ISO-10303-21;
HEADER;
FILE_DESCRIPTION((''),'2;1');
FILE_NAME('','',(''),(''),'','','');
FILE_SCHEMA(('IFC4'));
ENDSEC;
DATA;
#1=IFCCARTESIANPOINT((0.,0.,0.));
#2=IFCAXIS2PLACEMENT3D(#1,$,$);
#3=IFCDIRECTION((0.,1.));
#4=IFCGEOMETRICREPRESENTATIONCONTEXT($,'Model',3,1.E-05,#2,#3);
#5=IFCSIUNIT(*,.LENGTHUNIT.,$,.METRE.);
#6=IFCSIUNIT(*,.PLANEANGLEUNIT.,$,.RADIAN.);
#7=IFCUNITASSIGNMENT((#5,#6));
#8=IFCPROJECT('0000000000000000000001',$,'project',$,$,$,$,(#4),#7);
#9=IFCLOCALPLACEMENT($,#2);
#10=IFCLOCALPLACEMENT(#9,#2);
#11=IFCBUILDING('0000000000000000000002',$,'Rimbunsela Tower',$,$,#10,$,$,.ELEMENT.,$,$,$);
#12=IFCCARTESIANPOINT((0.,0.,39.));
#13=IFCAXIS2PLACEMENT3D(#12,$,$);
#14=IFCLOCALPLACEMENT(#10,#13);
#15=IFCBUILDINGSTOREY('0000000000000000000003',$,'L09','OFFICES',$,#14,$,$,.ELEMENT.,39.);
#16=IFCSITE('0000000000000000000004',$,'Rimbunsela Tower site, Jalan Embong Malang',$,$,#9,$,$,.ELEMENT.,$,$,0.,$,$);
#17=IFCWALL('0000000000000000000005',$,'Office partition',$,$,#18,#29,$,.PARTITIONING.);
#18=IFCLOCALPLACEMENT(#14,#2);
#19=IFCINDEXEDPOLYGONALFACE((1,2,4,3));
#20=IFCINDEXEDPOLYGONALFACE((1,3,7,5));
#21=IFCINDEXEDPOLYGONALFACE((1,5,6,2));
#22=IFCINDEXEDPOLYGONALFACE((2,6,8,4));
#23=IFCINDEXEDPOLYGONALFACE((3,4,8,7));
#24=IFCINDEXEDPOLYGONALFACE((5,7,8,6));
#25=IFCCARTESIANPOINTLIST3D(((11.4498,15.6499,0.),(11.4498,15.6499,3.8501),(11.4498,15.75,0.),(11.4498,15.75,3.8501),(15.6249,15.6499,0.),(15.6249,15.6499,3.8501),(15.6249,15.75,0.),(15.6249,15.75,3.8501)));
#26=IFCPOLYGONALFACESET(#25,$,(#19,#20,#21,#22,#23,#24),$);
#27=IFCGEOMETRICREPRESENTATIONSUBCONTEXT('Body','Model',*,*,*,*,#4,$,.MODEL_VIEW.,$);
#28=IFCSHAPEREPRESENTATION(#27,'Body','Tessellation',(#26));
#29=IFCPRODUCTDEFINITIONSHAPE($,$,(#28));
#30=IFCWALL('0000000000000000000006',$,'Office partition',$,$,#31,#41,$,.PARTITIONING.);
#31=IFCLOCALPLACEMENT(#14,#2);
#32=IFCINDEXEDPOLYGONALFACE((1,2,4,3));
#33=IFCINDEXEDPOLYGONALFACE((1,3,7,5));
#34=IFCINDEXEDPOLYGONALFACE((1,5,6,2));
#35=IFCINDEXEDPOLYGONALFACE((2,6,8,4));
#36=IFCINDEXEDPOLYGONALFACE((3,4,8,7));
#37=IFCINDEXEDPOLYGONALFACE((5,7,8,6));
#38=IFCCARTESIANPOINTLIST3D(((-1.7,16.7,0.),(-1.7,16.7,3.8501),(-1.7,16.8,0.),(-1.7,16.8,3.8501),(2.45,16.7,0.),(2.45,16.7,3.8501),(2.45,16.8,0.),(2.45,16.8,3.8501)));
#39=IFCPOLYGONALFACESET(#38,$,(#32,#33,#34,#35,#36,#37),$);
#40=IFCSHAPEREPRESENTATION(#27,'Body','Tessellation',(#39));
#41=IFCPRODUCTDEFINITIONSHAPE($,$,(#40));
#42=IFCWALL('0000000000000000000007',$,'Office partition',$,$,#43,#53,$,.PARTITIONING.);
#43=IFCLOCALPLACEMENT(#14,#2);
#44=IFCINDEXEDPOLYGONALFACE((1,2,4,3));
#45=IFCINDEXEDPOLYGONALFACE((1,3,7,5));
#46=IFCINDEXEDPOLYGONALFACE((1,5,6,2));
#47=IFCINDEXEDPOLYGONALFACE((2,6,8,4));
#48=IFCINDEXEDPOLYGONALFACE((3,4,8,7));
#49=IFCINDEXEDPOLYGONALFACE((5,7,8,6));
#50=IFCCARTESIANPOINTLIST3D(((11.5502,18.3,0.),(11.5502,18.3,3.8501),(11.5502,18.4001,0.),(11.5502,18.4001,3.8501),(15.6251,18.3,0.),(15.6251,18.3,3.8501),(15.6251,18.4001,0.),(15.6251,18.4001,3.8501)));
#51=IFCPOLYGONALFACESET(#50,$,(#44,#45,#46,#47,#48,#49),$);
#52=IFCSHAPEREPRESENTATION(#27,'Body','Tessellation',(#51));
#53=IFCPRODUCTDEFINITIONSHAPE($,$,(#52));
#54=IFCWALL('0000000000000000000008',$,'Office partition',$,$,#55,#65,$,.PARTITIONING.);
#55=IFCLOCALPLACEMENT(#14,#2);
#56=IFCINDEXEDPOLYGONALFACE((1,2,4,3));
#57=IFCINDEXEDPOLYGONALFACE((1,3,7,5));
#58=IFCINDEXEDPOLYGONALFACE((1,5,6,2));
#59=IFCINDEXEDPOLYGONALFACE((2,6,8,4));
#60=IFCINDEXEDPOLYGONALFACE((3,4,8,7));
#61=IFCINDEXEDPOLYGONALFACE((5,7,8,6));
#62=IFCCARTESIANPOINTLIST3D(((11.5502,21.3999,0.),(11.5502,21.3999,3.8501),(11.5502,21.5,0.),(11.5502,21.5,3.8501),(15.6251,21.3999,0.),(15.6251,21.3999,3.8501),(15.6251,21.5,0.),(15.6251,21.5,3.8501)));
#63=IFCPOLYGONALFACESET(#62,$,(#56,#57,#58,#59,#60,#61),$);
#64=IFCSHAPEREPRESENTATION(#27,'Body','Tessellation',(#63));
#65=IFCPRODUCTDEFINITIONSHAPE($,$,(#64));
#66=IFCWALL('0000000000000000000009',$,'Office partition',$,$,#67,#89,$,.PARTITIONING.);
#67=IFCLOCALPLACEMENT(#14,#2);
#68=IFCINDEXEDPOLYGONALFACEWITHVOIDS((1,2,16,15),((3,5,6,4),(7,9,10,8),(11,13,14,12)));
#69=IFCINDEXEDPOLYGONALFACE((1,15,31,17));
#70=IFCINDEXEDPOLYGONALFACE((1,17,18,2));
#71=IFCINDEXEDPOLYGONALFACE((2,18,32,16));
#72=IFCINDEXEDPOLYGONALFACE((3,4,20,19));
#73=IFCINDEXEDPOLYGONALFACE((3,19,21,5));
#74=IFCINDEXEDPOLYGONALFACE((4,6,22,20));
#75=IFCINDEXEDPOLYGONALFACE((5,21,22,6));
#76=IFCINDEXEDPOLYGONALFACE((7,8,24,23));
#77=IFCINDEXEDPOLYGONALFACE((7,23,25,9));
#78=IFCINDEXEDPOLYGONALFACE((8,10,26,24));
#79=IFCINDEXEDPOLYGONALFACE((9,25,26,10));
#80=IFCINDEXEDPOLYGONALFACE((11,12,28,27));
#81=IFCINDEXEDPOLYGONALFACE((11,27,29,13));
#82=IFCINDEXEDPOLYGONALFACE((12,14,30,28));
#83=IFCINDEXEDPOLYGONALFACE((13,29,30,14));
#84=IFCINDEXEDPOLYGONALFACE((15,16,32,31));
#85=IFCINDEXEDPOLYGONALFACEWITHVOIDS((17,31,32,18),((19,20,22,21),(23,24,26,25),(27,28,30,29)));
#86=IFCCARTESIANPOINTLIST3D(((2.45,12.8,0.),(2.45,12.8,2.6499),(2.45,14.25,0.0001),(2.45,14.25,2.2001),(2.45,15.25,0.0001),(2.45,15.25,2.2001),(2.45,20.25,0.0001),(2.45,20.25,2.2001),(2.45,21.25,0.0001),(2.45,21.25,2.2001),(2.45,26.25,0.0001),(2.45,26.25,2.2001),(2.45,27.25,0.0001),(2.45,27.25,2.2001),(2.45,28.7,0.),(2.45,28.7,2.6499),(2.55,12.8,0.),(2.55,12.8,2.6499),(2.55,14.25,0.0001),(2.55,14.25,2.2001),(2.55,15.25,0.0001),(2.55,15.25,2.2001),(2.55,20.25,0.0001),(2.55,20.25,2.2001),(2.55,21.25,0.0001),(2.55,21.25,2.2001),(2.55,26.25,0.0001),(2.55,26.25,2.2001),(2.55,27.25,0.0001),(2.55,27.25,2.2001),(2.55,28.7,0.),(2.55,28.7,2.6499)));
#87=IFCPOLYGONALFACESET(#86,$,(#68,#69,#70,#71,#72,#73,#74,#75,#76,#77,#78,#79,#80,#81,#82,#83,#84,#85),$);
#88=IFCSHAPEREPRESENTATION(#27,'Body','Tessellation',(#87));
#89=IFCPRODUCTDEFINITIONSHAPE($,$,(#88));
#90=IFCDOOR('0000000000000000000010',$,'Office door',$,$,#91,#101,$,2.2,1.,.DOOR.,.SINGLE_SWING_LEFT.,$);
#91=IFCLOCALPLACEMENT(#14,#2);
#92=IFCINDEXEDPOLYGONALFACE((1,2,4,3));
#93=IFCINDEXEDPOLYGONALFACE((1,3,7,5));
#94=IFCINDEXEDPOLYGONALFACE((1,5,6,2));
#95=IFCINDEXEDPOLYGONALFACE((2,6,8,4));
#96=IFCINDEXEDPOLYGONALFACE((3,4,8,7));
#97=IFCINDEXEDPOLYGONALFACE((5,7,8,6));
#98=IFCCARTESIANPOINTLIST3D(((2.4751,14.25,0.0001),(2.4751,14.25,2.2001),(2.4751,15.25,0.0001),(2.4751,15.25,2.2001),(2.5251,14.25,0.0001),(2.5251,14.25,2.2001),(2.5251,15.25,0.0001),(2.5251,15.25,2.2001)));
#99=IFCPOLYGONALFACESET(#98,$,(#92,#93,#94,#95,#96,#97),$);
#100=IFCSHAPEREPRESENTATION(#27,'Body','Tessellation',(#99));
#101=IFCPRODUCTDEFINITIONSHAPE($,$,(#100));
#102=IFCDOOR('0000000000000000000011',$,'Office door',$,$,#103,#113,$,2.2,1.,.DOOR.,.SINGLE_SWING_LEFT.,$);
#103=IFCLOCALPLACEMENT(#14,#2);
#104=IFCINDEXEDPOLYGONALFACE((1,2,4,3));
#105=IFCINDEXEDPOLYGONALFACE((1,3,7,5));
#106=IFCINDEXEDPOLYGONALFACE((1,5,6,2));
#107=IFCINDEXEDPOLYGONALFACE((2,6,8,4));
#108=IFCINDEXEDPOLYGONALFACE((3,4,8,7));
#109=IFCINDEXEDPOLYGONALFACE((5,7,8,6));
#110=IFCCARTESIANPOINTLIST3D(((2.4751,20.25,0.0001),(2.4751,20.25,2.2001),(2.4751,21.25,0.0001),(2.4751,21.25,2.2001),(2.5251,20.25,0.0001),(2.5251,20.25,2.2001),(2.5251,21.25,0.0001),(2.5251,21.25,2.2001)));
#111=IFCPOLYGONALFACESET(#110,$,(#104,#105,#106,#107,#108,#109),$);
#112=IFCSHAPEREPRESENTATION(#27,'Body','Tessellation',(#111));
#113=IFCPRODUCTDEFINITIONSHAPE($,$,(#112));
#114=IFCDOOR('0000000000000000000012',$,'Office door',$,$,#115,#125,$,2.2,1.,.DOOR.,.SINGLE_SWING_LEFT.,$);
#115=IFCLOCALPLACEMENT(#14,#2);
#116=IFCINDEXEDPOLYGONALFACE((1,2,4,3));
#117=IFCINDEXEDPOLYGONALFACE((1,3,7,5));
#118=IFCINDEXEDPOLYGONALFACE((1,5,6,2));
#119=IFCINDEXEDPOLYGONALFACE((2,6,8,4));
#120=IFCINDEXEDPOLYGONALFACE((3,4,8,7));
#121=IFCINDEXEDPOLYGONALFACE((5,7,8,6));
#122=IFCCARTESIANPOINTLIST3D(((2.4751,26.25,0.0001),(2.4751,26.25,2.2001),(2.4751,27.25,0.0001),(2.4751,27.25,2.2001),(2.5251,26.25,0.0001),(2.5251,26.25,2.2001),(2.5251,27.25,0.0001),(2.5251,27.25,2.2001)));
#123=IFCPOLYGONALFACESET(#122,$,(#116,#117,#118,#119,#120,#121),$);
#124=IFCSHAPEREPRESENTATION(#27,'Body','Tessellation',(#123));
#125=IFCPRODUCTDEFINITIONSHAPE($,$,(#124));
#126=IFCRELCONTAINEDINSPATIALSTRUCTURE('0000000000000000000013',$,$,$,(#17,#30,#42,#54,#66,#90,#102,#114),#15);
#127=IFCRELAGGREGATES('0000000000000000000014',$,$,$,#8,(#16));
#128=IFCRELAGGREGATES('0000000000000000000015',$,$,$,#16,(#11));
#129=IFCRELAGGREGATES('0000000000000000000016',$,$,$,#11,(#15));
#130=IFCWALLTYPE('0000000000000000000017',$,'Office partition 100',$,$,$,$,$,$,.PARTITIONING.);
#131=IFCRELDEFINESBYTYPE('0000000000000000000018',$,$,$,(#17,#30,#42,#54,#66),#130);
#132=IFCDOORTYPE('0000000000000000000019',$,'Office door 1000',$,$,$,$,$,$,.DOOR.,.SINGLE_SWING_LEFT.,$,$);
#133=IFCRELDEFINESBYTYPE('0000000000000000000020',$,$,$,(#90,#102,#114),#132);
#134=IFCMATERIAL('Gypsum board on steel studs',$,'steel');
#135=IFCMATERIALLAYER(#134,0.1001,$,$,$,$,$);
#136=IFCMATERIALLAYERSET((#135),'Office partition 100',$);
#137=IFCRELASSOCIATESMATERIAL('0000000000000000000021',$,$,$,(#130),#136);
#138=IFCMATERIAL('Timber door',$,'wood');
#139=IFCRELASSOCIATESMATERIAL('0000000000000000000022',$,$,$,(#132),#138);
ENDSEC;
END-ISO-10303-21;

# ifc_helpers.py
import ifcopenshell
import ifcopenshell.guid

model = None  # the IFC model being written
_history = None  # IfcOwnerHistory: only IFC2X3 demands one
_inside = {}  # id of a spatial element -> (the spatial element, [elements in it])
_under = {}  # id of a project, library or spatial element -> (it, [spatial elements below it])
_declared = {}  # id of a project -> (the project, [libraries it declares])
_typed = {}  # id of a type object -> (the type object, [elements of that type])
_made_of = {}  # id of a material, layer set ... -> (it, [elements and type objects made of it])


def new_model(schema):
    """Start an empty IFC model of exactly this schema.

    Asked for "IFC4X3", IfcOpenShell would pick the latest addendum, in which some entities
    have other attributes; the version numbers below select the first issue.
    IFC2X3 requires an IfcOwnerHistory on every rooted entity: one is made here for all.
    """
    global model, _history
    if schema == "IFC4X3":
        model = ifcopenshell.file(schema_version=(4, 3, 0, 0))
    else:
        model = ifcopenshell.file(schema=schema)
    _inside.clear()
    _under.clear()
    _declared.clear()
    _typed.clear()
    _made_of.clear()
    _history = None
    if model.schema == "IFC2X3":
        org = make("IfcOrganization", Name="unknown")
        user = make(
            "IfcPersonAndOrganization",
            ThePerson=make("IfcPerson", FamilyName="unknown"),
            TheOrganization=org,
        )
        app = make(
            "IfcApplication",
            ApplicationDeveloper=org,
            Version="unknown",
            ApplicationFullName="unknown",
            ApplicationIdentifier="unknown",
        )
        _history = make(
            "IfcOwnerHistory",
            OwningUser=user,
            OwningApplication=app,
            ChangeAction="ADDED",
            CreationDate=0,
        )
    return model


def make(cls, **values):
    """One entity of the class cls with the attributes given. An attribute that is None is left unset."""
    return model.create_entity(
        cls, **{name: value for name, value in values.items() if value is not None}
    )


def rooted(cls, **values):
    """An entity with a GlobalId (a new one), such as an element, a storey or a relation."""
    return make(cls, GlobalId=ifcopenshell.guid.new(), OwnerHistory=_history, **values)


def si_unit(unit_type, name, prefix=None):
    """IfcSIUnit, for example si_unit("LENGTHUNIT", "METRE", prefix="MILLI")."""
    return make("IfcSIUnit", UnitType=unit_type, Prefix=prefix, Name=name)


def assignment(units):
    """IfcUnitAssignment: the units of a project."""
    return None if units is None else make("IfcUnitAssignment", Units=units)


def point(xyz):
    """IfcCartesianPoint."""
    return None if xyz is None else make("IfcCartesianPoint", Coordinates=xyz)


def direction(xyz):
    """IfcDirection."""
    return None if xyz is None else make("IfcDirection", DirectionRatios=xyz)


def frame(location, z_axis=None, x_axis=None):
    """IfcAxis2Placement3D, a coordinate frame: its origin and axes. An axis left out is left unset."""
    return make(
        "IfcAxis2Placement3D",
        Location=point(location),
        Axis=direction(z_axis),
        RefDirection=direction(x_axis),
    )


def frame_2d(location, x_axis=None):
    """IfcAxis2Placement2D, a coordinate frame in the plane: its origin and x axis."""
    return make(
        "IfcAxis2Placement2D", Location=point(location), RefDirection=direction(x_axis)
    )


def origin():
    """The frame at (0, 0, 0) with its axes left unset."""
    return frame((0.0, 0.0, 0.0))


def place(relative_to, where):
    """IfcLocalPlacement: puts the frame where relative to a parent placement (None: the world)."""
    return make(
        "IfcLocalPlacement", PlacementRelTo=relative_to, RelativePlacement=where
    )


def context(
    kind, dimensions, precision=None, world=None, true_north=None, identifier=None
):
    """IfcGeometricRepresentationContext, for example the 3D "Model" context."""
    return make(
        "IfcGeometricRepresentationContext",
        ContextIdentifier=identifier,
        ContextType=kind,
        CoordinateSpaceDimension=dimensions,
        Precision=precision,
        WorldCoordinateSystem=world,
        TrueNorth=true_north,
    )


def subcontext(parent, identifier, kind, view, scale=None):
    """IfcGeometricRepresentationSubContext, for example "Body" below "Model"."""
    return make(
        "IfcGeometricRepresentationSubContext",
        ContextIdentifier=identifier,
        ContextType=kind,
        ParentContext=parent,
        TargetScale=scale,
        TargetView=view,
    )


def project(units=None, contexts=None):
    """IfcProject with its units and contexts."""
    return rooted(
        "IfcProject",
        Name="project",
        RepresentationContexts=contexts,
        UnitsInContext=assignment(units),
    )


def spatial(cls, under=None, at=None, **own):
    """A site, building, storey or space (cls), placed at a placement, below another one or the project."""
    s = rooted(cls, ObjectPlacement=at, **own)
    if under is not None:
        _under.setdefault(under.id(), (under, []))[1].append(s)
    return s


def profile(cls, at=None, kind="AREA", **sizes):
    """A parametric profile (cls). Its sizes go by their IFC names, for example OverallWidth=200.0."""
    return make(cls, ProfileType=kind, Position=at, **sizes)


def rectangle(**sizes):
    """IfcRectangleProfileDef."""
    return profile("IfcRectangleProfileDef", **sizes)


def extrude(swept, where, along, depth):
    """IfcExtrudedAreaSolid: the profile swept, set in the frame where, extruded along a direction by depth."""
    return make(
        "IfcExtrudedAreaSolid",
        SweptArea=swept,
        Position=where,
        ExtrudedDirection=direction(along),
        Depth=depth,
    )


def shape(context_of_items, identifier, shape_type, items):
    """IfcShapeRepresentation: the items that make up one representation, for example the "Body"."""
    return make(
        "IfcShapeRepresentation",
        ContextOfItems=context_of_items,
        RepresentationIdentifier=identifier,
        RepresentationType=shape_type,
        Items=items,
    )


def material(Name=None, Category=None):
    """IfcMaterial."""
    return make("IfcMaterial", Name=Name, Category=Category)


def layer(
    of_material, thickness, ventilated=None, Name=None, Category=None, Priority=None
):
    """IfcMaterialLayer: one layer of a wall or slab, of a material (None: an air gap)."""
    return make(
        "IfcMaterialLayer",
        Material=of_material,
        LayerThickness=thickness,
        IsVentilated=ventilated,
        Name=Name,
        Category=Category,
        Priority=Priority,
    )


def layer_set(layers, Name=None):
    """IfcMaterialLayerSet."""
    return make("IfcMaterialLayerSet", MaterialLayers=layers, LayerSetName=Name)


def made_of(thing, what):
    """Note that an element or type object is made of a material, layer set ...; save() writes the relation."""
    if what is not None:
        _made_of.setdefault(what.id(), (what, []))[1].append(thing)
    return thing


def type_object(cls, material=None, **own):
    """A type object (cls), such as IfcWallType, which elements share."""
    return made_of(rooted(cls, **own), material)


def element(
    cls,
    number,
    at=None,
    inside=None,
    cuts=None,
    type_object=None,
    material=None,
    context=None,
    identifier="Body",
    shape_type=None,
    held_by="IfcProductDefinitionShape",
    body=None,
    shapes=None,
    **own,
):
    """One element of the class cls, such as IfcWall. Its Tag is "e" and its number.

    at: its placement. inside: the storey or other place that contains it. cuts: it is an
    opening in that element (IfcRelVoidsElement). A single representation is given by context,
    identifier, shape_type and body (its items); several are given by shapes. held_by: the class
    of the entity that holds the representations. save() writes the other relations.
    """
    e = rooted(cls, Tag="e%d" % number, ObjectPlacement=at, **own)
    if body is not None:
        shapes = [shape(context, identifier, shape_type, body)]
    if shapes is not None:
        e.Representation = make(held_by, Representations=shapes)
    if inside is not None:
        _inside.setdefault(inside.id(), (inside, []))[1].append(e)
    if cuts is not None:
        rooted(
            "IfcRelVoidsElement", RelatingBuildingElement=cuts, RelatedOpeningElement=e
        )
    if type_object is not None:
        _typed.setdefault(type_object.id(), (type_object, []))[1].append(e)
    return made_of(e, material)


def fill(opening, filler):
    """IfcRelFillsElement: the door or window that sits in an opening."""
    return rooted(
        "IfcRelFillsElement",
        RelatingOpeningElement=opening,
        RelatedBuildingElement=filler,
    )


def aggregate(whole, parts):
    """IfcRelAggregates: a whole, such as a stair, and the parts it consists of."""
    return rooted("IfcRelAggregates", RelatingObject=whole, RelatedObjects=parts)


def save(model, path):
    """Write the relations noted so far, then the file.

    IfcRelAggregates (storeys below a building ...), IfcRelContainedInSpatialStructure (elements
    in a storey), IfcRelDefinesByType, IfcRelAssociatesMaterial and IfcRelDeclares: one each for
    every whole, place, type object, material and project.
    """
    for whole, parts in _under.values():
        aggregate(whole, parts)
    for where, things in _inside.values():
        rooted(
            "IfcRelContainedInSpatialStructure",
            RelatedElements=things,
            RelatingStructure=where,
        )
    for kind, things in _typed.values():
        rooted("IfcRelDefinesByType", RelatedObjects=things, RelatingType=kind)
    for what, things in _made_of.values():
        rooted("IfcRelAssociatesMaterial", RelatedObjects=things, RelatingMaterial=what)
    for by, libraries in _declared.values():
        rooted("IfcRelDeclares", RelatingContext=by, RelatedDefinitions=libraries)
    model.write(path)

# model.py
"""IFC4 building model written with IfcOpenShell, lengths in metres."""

from ifc_helpers import new_model, si_unit, direction, frame, frame_2d, origin, place, context, subcontext, project, spatial, rectangle, extrude, material, layer, layer_set, type_object, element, fill, save


model = new_model("IFC4")

# Units and contexts
model_context = context("Model", 3, precision=1e-05, world=origin(), true_north=direction((0.0, 1.0)))
body_context = subcontext(model_context, "Body", "Model", "MODEL_VIEW")
ifc_project = project(units=[si_unit("LENGTHUNIT", "METRE"), si_unit("PLANEANGLEUNIT", "RADIAN")], contexts=[model_context])

# Site, building, storey
site_placement = place(None, origin())
site = spatial("IfcSite", under=ifc_project, at=site_placement, Name="Rimbunsela Tower site, Jalan Embong Malang", CompositionType="ELEMENT", RefElevation=0.0)
building_placement = place(site_placement, origin())
building = spatial("IfcBuilding", under=site, at=building_placement, Name="Rimbunsela Tower", CompositionType="ELEMENT")
storey_placement = place(building_placement, frame((0.0, 0.0, 39.0)))
storey = spatial("IfcBuildingStorey", under=building, at=storey_placement, Name="L09", Description="OFFICES", CompositionType="ELEMENT", Elevation=39.0)

# Walls
ifc_material_1 = material(Name="Gypsum board on steel studs", Category="steel")
ifc_layer_1 = layer(ifc_material_1, 0.1001)
ifc_layer_set_1 = layer_set([ifc_layer_1], Name="Office partition 100")
wall_type_1 = type_object("IfcWallType", Name="Office partition 100", PredefinedType="PARTITIONING", material=ifc_layer_set_1)
wall_1_placement = place(storey_placement, frame((11.45, 15.7, 0.0), z_axis=(0.0, 0.0, 1.0), x_axis=(1.0, 0.0, 0.0)))
element("IfcWall", 1, at=wall_1_placement, inside=storey, type_object=wall_type_1, Name="Office partition", PredefinedType="PARTITIONING", context=body_context, shape_type="SweptSolid", body=[
    extrude(rectangle(XDim=4.175, YDim=0.1001, at=frame_2d((2.0874, 0.0))), origin(), (0.0, 0.0, 1.0), 3.8501),
])
wall_2_placement = place(storey_placement, frame((-1.7, 16.75, 0.0), z_axis=(0.0, 0.0, 1.0), x_axis=(1.0, 0.0, 0.0)))
element("IfcWall", 2, at=wall_2_placement, inside=storey, type_object=wall_type_1, Name="Office partition", PredefinedType="PARTITIONING", context=body_context, shape_type="SweptSolid", body=[
    extrude(rectangle(XDim=4.1499, YDim=0.1001, at=frame_2d((2.075, 0.0))), origin(), (0.0, 0.0, 1.0), 3.8501),
])
for number, where, z_axis, x_axis, name in (
    (3, (11.55, 18.3501, 0.0), (0.0, 0.0, 1.0), (1.0, 0.0, 0.0), "Office partition"),
    (4, (11.55, 21.45, 0.0), (0.0, 0.0, 1.0), (1.0, 0.0, 0.0), "Office partition"),
):
    element("IfcWall", number, at=place(storey_placement, frame(where, z_axis=z_axis, x_axis=x_axis)), inside=storey, type_object=wall_type_1, Name=name, PredefinedType="PARTITIONING", context=body_context, shape_type="SweptSolid", body=[
        extrude(rectangle(XDim=4.075, YDim=0.1001, at=frame_2d((2.0376, 0.0))), origin(), (0.0, 0.0, 1.0), 3.8501),
    ])

# Wall, openings, doors
wall_3_placement = place(storey_placement, frame((2.5, 12.8, 0.0), z_axis=(0.0, 0.0, 1.0), x_axis=(0.0, 1.0, 0.0)))
wall_3 = element("IfcWall", 5, at=wall_3_placement, inside=storey, type_object=wall_type_1, Name="Office partition", PredefinedType="PARTITIONING", context=body_context, shape_type="SweptSolid", body=[
    extrude(rectangle(XDim=15.8999, YDim=0.1001, at=frame_2d((7.95, 0.0))), origin(), (0.0, 0.0, 1.0), 2.6499),
])
opening_1_placement = place(wall_3_placement, frame((1.45, 0.0, 0.0)))
opening_1 = element("IfcOpeningElement", 6, at=opening_1_placement, cuts=wall_3, PredefinedType="OPENING", context=body_context, shape_type="SweptSolid", body=[
    extrude(rectangle(XDim=1.0, YDim=2.2, at=frame_2d((0.5, 1.1001))), frame((0.0, 0.0601, 0.0), z_axis=(0.0, -1.0, 0.0), x_axis=(1.0, 0.0, 0.0)), (0.0, 0.0, 1.0), 0.1201),
])
opening_2_placement = place(wall_3_placement, frame((7.45, 0.0, 0.0)))
opening_2 = element("IfcOpeningElement", 7, at=opening_2_placement, cuts=wall_3, PredefinedType="OPENING", context=body_context, shape_type="SweptSolid", body=[
    extrude(rectangle(XDim=1.0, YDim=2.2, at=frame_2d((0.5, 1.1001))), frame((0.0, 0.0601, 0.0), z_axis=(0.0, -1.0, 0.0), x_axis=(1.0, 0.0, 0.0)), (0.0, 0.0, 1.0), 0.1201),
])
opening_3_placement = place(wall_3_placement, frame((13.45, 0.0, 0.0)))
opening_3 = element("IfcOpeningElement", 8, at=opening_3_placement, cuts=wall_3, PredefinedType="OPENING", context=body_context, shape_type="SweptSolid", body=[
    extrude(rectangle(XDim=1.0, YDim=2.2, at=frame_2d((0.5, 1.1001))), frame((0.0, 0.0601, 0.0), z_axis=(0.0, -1.0, 0.0), x_axis=(1.0, 0.0, 0.0)), (0.0, 0.0, 1.0), 0.1201),
])
ifc_material_2 = material(Name="Timber door", Category="wood")
door_type_1 = type_object("IfcDoorType", Name="Office door 1000", OperationType="SINGLE_SWING_LEFT", PredefinedType="DOOR", material=ifc_material_2)
door_1_placement = place(opening_1_placement, origin())
door_1 = element("IfcDoor", 9, at=door_1_placement, inside=storey, type_object=door_type_1, Name="Office door", OperationType="SINGLE_SWING_LEFT", OverallHeight=2.2, OverallWidth=1.0, PredefinedType="DOOR", context=body_context, shape_type="SweptSolid", body=[
    extrude(rectangle(XDim=1.0, YDim=2.2, at=frame_2d((0.5, 1.1001))), frame((0.0, 0.0249, 0.0), z_axis=(0.0, -1.0, 0.0), x_axis=(1.0, 0.0, 0.0)), (0.0, 0.0, 1.0), 0.05),
])
fill(opening_1, door_1)
door_2_placement = place(opening_2_placement, origin())
door_2 = element("IfcDoor", 10, at=door_2_placement, inside=storey, type_object=door_type_1, Name="Office door", OperationType="SINGLE_SWING_LEFT", OverallHeight=2.2, OverallWidth=1.0, PredefinedType="DOOR", context=body_context, shape_type="SweptSolid", body=[
    extrude(rectangle(XDim=1.0, YDim=2.2, at=frame_2d((0.5, 1.1001))), frame((0.0, 0.0249, 0.0), z_axis=(0.0, -1.0, 0.0), x_axis=(1.0, 0.0, 0.0)), (0.0, 0.0, 1.0), 0.05),
])
fill(opening_2, door_2)
door_3_placement = place(opening_3_placement, origin())
door_3 = element("IfcDoor", 11, at=door_3_placement, inside=storey, type_object=door_type_1, Name="Office door", OperationType="SINGLE_SWING_LEFT", OverallHeight=2.2, OverallWidth=1.0, PredefinedType="DOOR", context=body_context, shape_type="SweptSolid", body=[
    extrude(rectangle(XDim=1.0, YDim=2.2, at=frame_2d((0.5, 1.1001))), frame((0.0, 0.0249, 0.0), z_axis=(0.0, -1.0, 0.0), x_axis=(1.0, 0.0, 0.0)), (0.0, 0.0, 1.0), 0.05),
])
fill(opening_3, door_3)

save(model, "model.ifc")
